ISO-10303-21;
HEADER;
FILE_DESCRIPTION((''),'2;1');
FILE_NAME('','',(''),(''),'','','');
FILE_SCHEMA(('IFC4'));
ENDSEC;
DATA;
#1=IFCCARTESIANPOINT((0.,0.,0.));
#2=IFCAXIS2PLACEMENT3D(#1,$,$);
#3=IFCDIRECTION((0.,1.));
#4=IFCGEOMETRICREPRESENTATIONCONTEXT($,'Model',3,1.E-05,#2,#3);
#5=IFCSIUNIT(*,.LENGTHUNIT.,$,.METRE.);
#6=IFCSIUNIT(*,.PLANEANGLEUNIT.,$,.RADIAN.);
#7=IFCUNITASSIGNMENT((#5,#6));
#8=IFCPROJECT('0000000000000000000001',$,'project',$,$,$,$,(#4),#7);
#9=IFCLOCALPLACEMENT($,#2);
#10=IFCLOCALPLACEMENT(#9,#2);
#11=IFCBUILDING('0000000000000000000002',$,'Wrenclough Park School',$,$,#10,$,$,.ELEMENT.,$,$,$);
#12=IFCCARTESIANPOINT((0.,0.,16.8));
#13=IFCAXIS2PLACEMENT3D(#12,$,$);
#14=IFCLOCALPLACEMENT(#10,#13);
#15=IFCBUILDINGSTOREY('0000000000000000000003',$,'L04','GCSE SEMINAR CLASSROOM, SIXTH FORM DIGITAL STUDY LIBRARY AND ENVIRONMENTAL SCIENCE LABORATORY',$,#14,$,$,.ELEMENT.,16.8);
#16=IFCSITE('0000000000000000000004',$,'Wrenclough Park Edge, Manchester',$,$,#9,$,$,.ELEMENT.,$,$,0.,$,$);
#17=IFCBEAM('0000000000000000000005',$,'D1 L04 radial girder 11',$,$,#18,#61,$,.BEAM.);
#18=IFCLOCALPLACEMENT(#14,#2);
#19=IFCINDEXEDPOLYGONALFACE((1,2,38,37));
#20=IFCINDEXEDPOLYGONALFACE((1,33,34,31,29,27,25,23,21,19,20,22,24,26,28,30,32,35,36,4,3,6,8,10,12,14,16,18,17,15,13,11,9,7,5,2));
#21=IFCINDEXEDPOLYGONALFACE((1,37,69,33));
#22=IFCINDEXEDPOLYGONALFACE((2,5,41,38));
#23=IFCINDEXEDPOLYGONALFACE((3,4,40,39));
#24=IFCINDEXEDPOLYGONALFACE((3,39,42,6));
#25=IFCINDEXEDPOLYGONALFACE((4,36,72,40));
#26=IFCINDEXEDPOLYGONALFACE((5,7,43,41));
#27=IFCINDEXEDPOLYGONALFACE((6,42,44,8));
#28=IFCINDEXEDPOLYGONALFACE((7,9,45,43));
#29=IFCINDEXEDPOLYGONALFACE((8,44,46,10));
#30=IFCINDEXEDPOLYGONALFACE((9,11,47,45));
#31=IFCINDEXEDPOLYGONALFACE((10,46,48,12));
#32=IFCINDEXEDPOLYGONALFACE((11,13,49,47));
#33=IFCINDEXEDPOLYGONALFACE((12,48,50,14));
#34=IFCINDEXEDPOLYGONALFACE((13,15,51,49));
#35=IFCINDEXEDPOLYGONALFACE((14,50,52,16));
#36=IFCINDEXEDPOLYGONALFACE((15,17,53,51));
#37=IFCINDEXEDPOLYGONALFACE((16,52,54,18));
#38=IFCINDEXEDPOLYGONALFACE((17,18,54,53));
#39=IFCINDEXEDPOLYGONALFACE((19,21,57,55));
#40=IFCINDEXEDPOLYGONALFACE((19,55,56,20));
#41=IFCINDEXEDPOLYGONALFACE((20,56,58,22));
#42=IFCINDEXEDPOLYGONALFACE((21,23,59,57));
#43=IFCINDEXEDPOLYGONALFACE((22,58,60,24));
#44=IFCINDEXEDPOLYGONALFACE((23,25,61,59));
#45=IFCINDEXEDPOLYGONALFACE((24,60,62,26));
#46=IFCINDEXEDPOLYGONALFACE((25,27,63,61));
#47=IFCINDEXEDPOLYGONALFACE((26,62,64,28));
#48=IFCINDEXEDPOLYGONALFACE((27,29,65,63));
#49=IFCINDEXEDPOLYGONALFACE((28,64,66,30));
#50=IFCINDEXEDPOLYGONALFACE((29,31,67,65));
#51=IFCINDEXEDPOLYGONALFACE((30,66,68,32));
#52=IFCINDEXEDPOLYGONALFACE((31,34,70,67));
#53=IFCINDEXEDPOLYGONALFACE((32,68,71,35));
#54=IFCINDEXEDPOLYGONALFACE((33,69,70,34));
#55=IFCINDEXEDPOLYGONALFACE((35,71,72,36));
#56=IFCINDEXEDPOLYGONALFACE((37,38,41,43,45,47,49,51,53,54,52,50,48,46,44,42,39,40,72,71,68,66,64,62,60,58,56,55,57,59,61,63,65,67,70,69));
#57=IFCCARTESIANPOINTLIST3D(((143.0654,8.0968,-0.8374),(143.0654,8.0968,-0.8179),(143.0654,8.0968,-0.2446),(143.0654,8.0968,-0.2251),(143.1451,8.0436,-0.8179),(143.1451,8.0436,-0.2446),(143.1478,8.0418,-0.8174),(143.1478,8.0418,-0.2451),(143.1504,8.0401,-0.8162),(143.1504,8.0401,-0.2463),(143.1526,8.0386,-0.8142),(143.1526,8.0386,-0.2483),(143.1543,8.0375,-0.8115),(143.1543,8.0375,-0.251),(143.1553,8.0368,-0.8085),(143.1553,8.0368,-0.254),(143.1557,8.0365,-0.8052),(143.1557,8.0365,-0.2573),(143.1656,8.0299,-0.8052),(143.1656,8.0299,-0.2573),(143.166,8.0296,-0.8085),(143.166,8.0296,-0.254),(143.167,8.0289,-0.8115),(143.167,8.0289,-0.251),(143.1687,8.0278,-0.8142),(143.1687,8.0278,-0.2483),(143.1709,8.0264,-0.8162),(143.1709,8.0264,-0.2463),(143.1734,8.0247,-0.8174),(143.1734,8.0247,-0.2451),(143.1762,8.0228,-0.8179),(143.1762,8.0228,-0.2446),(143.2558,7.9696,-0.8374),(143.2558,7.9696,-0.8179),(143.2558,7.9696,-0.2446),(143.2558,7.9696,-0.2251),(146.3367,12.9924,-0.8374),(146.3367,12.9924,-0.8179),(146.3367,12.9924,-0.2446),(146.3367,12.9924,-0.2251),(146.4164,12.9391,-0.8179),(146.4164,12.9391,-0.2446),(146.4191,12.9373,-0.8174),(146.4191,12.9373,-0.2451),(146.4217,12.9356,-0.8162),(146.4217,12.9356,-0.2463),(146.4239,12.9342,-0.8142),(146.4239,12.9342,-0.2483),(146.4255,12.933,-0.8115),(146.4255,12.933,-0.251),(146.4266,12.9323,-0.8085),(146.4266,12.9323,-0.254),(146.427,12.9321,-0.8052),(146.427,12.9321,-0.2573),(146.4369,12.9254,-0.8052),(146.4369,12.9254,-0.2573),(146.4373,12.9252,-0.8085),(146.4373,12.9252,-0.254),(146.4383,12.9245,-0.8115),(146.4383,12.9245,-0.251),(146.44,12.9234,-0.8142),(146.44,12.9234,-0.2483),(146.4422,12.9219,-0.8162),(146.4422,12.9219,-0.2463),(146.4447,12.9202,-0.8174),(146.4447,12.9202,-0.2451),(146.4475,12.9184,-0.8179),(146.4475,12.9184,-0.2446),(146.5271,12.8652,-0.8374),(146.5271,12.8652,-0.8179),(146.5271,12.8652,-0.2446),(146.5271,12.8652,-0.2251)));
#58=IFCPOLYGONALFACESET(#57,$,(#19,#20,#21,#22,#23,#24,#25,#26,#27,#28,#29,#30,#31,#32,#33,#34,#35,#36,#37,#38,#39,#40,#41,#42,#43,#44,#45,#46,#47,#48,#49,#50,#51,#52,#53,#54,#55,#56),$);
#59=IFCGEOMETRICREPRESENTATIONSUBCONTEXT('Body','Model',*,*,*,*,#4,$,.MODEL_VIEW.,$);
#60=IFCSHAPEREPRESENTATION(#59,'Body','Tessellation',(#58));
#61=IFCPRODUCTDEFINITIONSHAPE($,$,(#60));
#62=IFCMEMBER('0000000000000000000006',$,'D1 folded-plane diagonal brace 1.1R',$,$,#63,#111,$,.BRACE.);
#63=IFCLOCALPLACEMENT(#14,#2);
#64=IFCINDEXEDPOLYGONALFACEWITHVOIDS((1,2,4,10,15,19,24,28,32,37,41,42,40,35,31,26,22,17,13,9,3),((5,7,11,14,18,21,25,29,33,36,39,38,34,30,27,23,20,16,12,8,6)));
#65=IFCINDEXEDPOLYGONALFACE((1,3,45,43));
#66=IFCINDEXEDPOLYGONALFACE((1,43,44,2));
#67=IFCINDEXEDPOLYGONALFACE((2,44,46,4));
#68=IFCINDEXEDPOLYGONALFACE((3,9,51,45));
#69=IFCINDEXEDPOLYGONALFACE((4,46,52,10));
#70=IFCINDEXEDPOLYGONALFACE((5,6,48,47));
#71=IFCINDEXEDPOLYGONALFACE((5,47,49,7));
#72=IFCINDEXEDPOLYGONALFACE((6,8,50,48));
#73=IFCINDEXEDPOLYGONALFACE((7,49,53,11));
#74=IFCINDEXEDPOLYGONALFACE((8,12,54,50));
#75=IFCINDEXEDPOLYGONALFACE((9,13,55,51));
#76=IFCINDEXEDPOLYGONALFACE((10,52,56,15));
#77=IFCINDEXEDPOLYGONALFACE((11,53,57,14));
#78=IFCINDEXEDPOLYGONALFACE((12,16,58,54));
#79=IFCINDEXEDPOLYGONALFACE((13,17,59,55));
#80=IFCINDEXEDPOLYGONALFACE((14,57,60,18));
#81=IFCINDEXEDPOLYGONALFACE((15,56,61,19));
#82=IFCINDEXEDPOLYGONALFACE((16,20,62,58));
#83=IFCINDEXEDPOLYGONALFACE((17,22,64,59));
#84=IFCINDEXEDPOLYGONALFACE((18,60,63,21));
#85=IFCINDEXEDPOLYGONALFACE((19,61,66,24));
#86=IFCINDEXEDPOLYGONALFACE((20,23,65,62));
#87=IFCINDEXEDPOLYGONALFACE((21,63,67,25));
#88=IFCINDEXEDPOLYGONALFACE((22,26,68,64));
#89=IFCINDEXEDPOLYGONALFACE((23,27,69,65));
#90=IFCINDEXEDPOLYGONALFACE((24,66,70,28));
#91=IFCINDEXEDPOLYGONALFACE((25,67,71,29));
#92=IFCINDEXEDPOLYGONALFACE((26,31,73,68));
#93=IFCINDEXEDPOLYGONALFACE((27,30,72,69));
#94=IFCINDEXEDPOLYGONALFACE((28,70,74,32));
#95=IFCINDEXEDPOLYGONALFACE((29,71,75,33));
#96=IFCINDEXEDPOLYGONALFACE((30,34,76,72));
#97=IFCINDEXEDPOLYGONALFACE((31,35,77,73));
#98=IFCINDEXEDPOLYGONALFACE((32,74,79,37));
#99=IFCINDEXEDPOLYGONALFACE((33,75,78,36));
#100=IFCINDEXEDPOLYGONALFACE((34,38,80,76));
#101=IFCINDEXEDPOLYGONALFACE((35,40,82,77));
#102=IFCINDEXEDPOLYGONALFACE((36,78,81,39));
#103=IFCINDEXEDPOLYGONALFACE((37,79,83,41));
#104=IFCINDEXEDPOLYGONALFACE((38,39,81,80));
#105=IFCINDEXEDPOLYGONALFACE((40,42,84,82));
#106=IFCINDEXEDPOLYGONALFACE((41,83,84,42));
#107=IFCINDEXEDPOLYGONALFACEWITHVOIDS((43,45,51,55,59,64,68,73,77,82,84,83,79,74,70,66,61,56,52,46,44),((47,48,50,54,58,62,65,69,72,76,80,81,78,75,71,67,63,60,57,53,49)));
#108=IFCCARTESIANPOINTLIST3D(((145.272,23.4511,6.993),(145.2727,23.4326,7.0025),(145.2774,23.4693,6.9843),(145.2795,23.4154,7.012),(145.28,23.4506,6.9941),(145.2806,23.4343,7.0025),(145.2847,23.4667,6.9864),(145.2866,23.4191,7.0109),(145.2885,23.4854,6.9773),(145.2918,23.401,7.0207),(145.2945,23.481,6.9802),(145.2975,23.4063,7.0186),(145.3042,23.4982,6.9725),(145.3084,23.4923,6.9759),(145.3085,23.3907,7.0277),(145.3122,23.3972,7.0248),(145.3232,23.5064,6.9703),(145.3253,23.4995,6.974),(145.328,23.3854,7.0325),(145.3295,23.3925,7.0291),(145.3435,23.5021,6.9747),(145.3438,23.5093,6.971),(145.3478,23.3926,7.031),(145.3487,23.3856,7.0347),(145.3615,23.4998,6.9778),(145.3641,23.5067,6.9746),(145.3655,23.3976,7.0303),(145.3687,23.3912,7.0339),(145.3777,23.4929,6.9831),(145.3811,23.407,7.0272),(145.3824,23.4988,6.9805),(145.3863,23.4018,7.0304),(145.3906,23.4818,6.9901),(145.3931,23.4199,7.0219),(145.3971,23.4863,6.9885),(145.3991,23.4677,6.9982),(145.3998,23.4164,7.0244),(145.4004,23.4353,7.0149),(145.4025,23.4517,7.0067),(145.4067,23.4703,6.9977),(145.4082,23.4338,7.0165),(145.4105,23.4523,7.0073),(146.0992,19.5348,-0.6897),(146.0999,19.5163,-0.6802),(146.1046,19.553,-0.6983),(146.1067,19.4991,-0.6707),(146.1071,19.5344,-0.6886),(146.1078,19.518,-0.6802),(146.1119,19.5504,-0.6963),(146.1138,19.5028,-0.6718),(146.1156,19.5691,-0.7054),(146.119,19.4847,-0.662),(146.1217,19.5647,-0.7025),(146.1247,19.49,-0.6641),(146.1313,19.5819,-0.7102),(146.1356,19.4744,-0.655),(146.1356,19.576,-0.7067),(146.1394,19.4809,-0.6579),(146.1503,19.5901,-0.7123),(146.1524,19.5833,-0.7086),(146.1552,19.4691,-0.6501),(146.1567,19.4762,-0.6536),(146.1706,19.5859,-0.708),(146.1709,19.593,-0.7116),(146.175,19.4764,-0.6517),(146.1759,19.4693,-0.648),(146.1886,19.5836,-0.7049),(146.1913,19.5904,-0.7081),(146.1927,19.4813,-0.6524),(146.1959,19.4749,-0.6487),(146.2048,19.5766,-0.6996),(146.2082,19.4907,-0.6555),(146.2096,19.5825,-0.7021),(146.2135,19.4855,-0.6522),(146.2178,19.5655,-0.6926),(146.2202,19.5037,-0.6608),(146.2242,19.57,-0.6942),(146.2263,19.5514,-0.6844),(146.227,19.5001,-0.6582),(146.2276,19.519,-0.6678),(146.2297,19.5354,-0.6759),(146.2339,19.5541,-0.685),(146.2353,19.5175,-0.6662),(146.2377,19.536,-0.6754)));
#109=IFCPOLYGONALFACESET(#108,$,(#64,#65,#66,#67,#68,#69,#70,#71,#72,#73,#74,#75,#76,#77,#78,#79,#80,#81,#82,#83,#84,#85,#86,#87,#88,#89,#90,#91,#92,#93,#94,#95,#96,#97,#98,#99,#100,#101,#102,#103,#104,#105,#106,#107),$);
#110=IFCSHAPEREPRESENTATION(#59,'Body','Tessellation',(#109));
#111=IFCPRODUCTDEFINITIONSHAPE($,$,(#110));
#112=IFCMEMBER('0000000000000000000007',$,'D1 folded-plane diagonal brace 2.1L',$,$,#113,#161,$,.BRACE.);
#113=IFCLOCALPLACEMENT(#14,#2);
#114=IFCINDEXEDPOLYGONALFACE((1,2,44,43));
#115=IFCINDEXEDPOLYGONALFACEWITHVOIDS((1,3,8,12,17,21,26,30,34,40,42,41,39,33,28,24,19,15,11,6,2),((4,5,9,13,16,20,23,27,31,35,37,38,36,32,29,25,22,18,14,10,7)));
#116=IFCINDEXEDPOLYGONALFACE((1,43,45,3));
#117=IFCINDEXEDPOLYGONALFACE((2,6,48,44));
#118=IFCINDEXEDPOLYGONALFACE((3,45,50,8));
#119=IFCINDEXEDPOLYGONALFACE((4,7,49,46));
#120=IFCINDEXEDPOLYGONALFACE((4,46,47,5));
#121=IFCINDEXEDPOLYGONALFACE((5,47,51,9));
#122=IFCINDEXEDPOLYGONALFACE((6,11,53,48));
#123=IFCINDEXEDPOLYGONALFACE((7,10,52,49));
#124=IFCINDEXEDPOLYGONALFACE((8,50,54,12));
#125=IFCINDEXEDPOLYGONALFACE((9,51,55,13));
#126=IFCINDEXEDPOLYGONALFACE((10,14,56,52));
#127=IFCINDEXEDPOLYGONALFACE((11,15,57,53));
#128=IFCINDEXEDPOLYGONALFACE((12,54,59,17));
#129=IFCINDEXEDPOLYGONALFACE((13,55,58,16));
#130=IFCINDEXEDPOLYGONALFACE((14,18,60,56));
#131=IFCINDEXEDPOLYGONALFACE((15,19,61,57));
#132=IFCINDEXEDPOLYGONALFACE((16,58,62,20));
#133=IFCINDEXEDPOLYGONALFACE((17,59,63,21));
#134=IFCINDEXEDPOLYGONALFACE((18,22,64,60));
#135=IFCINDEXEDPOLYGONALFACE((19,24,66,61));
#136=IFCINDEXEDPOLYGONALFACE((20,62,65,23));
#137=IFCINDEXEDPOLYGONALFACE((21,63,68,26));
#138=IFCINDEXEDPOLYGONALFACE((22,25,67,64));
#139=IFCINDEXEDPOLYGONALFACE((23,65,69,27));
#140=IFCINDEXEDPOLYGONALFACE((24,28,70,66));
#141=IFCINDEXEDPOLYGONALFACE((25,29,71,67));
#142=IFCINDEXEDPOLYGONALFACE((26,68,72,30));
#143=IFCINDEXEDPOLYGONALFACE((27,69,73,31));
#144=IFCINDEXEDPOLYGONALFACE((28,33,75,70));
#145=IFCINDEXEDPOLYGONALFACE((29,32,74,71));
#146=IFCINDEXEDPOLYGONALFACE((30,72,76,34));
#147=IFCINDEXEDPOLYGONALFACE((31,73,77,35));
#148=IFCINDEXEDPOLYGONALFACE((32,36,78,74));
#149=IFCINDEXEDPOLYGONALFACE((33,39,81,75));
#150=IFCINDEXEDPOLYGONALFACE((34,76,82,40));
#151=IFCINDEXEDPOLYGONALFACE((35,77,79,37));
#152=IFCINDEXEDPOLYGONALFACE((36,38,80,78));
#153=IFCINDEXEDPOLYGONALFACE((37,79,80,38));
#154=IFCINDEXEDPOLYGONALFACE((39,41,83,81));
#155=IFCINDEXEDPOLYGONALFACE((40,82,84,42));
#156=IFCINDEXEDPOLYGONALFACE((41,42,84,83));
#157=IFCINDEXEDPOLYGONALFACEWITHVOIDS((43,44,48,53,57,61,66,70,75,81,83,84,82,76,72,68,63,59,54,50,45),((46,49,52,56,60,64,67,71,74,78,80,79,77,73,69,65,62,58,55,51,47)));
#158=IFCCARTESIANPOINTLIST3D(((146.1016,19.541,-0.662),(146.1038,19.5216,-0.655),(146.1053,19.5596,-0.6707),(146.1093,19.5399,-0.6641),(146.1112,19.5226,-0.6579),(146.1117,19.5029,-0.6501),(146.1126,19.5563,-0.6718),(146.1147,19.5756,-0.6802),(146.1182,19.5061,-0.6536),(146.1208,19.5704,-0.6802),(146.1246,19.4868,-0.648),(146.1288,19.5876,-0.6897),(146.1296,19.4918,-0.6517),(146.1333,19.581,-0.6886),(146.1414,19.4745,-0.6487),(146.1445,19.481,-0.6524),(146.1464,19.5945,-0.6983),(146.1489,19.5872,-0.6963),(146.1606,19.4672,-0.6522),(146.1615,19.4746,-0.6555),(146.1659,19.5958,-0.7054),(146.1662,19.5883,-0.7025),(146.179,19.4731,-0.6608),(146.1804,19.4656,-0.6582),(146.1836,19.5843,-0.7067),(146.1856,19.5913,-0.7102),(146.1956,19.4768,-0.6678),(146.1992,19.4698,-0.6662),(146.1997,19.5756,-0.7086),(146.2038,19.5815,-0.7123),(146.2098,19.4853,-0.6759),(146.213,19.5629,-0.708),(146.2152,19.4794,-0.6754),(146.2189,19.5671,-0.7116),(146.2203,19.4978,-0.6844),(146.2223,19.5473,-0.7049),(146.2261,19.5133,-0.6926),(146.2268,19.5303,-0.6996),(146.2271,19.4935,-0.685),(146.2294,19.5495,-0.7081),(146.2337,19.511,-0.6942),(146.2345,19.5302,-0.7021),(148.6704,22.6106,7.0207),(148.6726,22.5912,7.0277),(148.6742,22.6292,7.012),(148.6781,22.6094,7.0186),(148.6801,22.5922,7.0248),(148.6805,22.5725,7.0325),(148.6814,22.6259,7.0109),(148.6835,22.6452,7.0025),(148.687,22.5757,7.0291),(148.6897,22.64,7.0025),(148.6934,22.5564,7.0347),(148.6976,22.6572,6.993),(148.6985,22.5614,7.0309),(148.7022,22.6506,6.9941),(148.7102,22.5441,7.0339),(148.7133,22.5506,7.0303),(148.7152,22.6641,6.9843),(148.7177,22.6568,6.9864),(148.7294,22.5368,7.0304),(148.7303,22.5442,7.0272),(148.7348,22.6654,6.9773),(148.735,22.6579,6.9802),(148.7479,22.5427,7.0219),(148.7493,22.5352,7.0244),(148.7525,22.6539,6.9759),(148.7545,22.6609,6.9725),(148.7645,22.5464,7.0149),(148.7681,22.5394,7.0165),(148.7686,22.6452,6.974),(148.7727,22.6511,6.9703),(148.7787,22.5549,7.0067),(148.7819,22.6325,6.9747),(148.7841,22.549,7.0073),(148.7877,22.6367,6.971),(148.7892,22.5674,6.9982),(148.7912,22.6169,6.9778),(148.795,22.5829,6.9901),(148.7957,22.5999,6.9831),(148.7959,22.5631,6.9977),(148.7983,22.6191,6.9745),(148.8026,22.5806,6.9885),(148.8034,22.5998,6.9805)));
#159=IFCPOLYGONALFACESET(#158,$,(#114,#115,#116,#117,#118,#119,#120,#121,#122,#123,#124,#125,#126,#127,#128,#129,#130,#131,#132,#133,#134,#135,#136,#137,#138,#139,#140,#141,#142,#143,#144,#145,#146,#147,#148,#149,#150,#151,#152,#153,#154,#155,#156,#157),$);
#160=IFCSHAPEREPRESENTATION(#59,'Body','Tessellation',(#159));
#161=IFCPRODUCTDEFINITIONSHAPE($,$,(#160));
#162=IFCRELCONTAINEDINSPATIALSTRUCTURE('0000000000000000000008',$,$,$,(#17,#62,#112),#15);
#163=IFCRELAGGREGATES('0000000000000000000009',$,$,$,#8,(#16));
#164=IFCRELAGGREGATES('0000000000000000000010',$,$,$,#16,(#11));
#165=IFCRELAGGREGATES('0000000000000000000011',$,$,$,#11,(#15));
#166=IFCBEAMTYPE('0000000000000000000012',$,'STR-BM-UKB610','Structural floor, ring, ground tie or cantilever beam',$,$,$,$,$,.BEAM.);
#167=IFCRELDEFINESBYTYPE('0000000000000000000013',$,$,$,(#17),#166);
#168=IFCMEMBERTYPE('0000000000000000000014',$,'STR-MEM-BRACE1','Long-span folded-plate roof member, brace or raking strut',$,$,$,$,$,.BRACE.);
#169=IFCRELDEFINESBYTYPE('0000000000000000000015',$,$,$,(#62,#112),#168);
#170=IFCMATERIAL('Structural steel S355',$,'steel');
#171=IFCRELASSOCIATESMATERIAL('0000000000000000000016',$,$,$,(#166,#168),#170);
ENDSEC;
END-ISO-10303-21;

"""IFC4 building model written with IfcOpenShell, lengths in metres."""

from ifc_helpers import new_model, si_unit, direction, frame, origin, origin_2d, place, context, subcontext, project, spatial, hollow_circle, i_section, extrude, material, material_profile, profile_set, type_object, element, save


model = new_model("IFC4")

# Units and contexts
model_context = context("Model", 3, precision=1e-05, world=origin(), true_north=direction((0.0, 1.0)))
body_context = subcontext(model_context, "Body", "Model", "MODEL_VIEW")
ifc_project = project(units=[si_unit("LENGTHUNIT", "METRE"), si_unit("PLANEANGLEUNIT", "RADIAN")], contexts=[model_context])

# Site, building, storey
site_placement = place(None, origin())
site = spatial("IfcSite", under=ifc_project, at=site_placement, Name="Wrenclough Park Edge, Manchester", CompositionType="ELEMENT", RefElevation=0.0)
building_placement = place(site_placement, origin())
building = spatial("IfcBuilding", under=site, at=building_placement, Name="Wrenclough Park School", CompositionType="ELEMENT")
storey_placement = place(building_placement, frame((0.0, 0.0, 16.8)))
storey = spatial("IfcBuildingStorey", under=building, at=storey_placement, Name="L04", Description="GCSE SEMINAR CLASSROOM, SIXTH FORM DIGITAL STUDY LIBRARY AND ENVIRONMENTAL SCIENCE LABORATORY", CompositionType="ELEMENT", Elevation=16.8)

# Beam
ifc_material_1 = material(Name="Structural steel S355", Category="steel")
ifc_material_profile_1 = material_profile(ifc_material_1, i_section(OverallWidth=0.229, OverallDepth=0.6123, WebThickness=0.012, FlangeThickness=0.0195, FilletRadius=0.0127, at=origin_2d()), Name="UKB 610x229x125")
ifc_profile_set_1 = profile_set([ifc_material_profile_1], Name="Structural steel S355")
beam_type_1 = type_object("IfcBeamType", Name="STR-BM-UKB610", Description="Structural floor, ring, ground tie or cantilever beam", PredefinedType="BEAM", material=ifc_profile_set_1)
for number, where, z_axis, x_axis, name in (
    (1, (143.1606, 8.0332, -0.5312), (0.55559, 0.831457, 0.0), (-0.831457, 0.55559, 0.0), "D1 L04 radial girder 11"),
):
    element("IfcBeam", number, at=place(storey_placement, frame(where, z_axis=z_axis, x_axis=x_axis)), inside=storey, type_object=beam_type_1, Name=name, PredefinedType="BEAM", context=body_context, shape_type="SweptSolid", body=[
        extrude(i_section(OverallWidth=0.229, OverallDepth=0.6123, WebThickness=0.012, FlangeThickness=0.0195, FilletRadius=0.0127, at=origin_2d()), origin(), (0.0, 0.0, 1.0), 5.8879),
    ])

# Members
ifc_material_profile_2 = material_profile(ifc_material_1, hollow_circle(Radius=0.0698, WallThickness=0.0081, at=origin_2d()), Name="CHS 139.7x8.0")
ifc_profile_set_2 = profile_set([ifc_material_profile_2], Name="Structural steel S355")
member_type_1 = type_object("IfcMemberType", Name="STR-MEM-BRACE1", Description="Long-span folded-plate roof member, brace or raking strut", PredefinedType="BRACE", material=ifc_profile_set_2)
for number, where, z_axis, x_axis, name in (
    (2, (146.1682, 19.5308, -0.6802), (-0.095483, 0.452079, 0.886853), (-0.978415, -0.20665, 0.0), "D1 folded-plane diagonal brace 1.1R"),
    (3, (146.1682, 19.5308, -0.6802), (0.296538, 0.354341, 0.886853), (-0.766885, 0.641785, 0.0), "D1 folded-plane diagonal brace 2.1L"),
):
    element("IfcMember", number, at=place(storey_placement, frame(where, z_axis=z_axis, x_axis=x_axis)), inside=storey, type_object=member_type_1, Name=name, PredefinedType="BRACE", context=body_context, shape_type="SweptSolid", body=[
        extrude(hollow_circle(Radius=0.0698, WallThickness=0.0081, at=origin_2d()), origin(), (0.0, 0.0, 1.0), 8.6628),
    ])

save(model, "model.ifc")
